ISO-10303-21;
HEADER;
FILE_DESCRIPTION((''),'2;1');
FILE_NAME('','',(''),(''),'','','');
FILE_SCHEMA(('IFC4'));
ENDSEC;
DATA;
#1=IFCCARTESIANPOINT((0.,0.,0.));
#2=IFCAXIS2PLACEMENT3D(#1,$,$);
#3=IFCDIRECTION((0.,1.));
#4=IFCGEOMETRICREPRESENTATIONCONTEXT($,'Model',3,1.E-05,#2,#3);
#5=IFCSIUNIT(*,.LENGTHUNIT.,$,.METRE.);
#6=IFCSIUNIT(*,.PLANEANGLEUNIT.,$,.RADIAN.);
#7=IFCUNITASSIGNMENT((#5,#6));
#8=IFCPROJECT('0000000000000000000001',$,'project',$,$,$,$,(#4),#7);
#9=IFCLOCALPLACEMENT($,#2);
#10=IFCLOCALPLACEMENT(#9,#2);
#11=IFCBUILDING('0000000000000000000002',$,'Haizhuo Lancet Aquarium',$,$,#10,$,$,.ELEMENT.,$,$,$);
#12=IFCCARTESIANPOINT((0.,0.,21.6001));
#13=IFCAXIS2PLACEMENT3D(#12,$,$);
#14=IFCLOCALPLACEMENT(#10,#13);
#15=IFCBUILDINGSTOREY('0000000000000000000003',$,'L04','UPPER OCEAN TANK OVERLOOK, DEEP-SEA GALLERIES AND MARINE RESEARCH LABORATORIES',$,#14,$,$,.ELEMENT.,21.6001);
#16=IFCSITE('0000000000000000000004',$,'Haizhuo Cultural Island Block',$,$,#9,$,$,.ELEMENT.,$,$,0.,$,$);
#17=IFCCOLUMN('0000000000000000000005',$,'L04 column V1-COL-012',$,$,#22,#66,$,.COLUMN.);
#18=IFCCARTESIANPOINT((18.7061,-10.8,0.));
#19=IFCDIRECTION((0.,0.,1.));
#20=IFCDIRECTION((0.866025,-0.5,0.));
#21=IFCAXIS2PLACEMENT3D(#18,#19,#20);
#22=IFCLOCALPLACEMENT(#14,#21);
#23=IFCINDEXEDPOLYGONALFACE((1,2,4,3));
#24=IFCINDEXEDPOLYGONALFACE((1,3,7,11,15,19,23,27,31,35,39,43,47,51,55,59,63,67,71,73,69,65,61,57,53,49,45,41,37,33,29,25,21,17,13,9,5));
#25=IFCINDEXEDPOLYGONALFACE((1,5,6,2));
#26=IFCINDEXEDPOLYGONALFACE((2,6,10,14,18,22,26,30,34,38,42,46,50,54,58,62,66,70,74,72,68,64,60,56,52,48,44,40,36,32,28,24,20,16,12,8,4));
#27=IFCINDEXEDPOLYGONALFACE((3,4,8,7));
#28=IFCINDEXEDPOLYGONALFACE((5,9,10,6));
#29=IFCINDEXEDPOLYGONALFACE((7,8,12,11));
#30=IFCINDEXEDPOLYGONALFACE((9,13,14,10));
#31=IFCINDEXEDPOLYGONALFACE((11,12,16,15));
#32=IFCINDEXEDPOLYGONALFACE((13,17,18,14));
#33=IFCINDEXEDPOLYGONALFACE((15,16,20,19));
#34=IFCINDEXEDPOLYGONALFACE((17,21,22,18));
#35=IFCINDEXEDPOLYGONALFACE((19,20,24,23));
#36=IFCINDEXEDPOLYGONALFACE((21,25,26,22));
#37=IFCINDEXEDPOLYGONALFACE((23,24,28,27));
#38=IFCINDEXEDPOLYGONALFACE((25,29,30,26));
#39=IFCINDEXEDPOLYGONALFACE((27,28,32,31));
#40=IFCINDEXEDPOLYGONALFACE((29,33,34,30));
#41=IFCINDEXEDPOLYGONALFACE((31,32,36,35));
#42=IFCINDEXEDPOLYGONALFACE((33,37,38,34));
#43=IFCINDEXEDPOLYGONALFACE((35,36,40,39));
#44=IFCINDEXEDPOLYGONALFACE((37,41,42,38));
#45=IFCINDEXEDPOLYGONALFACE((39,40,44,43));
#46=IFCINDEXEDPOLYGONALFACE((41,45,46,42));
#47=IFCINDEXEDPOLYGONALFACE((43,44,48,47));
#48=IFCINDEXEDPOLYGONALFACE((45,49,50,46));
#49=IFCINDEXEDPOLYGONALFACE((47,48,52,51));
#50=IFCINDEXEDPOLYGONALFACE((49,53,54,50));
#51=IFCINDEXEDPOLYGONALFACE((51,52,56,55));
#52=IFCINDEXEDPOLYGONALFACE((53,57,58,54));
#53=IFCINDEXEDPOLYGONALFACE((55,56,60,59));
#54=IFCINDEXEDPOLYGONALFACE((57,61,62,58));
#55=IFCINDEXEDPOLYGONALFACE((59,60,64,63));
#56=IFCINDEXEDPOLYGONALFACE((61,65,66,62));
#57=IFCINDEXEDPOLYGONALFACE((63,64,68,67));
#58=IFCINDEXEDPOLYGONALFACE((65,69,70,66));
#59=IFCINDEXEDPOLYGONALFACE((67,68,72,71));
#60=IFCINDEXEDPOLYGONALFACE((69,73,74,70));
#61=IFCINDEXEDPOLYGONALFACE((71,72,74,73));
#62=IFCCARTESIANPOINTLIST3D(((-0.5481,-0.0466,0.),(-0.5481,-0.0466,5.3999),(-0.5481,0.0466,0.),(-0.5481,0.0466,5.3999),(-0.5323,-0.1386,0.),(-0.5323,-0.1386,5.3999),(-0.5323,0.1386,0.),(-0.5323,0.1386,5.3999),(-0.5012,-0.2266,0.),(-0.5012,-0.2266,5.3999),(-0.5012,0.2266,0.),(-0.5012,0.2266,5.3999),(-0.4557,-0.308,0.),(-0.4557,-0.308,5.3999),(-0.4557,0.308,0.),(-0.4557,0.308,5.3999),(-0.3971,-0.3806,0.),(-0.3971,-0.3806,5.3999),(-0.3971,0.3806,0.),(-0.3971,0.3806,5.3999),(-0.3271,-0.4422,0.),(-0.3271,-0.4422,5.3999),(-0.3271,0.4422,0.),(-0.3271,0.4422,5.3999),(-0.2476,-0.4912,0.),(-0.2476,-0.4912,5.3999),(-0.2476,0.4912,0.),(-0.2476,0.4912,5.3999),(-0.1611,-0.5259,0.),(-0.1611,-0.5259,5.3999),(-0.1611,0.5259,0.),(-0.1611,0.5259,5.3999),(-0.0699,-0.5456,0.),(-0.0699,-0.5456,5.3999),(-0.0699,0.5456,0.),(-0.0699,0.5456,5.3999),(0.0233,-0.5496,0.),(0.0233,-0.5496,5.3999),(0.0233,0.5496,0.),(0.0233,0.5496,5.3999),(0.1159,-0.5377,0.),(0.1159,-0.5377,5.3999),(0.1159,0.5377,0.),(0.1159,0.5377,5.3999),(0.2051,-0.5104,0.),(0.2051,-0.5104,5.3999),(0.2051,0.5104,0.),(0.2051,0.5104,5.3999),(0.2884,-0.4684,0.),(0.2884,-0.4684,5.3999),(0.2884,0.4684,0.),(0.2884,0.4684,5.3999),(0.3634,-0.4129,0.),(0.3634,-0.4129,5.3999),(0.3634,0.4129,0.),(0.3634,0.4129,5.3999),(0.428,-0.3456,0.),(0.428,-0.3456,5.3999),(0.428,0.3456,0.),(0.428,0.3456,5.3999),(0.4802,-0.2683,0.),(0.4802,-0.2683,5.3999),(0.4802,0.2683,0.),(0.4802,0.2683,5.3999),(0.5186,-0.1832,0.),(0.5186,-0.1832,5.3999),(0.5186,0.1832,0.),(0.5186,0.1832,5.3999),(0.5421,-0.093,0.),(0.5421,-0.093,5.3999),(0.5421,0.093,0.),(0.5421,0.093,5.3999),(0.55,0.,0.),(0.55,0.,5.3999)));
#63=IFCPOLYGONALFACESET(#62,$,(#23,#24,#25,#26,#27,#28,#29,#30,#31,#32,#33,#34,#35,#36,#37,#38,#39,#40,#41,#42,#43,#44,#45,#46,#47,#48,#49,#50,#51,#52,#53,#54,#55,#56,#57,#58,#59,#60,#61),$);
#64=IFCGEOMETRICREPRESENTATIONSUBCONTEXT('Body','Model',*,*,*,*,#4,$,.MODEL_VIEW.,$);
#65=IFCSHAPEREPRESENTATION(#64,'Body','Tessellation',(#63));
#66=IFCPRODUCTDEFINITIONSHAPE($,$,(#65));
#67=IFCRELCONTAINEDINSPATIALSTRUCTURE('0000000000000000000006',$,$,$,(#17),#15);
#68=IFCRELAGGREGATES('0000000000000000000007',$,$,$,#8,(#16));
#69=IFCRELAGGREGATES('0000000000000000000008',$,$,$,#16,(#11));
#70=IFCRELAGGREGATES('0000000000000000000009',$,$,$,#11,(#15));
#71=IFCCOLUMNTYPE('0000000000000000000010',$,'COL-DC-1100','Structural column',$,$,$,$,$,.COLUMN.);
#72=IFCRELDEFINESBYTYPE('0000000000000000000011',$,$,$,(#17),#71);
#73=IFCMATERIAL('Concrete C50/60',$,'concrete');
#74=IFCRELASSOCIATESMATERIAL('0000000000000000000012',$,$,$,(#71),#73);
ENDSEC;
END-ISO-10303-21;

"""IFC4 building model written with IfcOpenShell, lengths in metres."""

from ifc_helpers import new_model, si_unit, direction, frame, origin, origin_2d, place, context, subcontext, project, spatial, circle, extrude, material, material_profile, profile_set, type_object, element, save


model = new_model("IFC4")

# Units and contexts
model_context = context("Model", 3, precision=1e-05, world=origin(), true_north=direction((0.0, 1.0)))
body_context = subcontext(model_context, "Body", "Model", "MODEL_VIEW")
ifc_project = project(units=[si_unit("LENGTHUNIT", "METRE"), si_unit("PLANEANGLEUNIT", "RADIAN")], contexts=[model_context])

# Site, building, storey
site_placement = place(None, origin())
site = spatial("IfcSite", under=ifc_project, at=site_placement, Name="Haizhuo Cultural Island Block", CompositionType="ELEMENT", RefElevation=0.0)
building_placement = place(site_placement, origin())
building = spatial("IfcBuilding", under=site, at=building_placement, Name="Haizhuo Lancet Aquarium", CompositionType="ELEMENT")
storey_placement = place(building_placement, frame((0.0, 0.0, 21.6001)))
storey = spatial("IfcBuildingStorey", under=building, at=storey_placement, Name="L04", Description="UPPER OCEAN TANK OVERLOOK, DEEP-SEA GALLERIES AND MARINE RESEARCH LABORATORIES", CompositionType="ELEMENT", Elevation=21.6001)

# Column
ifc_material_1 = material(Name="Concrete C50/60", Category="concrete")
ifc_material_profile_1 = material_profile(ifc_material_1, circle(Radius=0.55, at=origin_2d()), Name="RC-DC 1100")
ifc_profile_set_1 = profile_set([ifc_material_profile_1], Name="Concrete C50/60")
column_type = type_object("IfcColumnType", Name="COL-DC-1100", Description="Structural column", PredefinedType="COLUMN", material=ifc_profile_set_1)
column_placement = place(storey_placement, frame((18.7061, -10.8, 0.0), z_axis=(0.0, 0.0, 1.0), x_axis=(0.866025, -0.5, 0.0)))
element("IfcColumn", 1, at=column_placement, inside=storey, type_object=column_type, Name="L04 column V1-COL-012", PredefinedType="COLUMN", context=body_context, shape_type="SweptSolid", body=[
    extrude(circle(Radius=0.55, at=origin_2d()), origin(), (0.0, 0.0, 1.0), 5.3999),
])

save(model, "model.ifc")
